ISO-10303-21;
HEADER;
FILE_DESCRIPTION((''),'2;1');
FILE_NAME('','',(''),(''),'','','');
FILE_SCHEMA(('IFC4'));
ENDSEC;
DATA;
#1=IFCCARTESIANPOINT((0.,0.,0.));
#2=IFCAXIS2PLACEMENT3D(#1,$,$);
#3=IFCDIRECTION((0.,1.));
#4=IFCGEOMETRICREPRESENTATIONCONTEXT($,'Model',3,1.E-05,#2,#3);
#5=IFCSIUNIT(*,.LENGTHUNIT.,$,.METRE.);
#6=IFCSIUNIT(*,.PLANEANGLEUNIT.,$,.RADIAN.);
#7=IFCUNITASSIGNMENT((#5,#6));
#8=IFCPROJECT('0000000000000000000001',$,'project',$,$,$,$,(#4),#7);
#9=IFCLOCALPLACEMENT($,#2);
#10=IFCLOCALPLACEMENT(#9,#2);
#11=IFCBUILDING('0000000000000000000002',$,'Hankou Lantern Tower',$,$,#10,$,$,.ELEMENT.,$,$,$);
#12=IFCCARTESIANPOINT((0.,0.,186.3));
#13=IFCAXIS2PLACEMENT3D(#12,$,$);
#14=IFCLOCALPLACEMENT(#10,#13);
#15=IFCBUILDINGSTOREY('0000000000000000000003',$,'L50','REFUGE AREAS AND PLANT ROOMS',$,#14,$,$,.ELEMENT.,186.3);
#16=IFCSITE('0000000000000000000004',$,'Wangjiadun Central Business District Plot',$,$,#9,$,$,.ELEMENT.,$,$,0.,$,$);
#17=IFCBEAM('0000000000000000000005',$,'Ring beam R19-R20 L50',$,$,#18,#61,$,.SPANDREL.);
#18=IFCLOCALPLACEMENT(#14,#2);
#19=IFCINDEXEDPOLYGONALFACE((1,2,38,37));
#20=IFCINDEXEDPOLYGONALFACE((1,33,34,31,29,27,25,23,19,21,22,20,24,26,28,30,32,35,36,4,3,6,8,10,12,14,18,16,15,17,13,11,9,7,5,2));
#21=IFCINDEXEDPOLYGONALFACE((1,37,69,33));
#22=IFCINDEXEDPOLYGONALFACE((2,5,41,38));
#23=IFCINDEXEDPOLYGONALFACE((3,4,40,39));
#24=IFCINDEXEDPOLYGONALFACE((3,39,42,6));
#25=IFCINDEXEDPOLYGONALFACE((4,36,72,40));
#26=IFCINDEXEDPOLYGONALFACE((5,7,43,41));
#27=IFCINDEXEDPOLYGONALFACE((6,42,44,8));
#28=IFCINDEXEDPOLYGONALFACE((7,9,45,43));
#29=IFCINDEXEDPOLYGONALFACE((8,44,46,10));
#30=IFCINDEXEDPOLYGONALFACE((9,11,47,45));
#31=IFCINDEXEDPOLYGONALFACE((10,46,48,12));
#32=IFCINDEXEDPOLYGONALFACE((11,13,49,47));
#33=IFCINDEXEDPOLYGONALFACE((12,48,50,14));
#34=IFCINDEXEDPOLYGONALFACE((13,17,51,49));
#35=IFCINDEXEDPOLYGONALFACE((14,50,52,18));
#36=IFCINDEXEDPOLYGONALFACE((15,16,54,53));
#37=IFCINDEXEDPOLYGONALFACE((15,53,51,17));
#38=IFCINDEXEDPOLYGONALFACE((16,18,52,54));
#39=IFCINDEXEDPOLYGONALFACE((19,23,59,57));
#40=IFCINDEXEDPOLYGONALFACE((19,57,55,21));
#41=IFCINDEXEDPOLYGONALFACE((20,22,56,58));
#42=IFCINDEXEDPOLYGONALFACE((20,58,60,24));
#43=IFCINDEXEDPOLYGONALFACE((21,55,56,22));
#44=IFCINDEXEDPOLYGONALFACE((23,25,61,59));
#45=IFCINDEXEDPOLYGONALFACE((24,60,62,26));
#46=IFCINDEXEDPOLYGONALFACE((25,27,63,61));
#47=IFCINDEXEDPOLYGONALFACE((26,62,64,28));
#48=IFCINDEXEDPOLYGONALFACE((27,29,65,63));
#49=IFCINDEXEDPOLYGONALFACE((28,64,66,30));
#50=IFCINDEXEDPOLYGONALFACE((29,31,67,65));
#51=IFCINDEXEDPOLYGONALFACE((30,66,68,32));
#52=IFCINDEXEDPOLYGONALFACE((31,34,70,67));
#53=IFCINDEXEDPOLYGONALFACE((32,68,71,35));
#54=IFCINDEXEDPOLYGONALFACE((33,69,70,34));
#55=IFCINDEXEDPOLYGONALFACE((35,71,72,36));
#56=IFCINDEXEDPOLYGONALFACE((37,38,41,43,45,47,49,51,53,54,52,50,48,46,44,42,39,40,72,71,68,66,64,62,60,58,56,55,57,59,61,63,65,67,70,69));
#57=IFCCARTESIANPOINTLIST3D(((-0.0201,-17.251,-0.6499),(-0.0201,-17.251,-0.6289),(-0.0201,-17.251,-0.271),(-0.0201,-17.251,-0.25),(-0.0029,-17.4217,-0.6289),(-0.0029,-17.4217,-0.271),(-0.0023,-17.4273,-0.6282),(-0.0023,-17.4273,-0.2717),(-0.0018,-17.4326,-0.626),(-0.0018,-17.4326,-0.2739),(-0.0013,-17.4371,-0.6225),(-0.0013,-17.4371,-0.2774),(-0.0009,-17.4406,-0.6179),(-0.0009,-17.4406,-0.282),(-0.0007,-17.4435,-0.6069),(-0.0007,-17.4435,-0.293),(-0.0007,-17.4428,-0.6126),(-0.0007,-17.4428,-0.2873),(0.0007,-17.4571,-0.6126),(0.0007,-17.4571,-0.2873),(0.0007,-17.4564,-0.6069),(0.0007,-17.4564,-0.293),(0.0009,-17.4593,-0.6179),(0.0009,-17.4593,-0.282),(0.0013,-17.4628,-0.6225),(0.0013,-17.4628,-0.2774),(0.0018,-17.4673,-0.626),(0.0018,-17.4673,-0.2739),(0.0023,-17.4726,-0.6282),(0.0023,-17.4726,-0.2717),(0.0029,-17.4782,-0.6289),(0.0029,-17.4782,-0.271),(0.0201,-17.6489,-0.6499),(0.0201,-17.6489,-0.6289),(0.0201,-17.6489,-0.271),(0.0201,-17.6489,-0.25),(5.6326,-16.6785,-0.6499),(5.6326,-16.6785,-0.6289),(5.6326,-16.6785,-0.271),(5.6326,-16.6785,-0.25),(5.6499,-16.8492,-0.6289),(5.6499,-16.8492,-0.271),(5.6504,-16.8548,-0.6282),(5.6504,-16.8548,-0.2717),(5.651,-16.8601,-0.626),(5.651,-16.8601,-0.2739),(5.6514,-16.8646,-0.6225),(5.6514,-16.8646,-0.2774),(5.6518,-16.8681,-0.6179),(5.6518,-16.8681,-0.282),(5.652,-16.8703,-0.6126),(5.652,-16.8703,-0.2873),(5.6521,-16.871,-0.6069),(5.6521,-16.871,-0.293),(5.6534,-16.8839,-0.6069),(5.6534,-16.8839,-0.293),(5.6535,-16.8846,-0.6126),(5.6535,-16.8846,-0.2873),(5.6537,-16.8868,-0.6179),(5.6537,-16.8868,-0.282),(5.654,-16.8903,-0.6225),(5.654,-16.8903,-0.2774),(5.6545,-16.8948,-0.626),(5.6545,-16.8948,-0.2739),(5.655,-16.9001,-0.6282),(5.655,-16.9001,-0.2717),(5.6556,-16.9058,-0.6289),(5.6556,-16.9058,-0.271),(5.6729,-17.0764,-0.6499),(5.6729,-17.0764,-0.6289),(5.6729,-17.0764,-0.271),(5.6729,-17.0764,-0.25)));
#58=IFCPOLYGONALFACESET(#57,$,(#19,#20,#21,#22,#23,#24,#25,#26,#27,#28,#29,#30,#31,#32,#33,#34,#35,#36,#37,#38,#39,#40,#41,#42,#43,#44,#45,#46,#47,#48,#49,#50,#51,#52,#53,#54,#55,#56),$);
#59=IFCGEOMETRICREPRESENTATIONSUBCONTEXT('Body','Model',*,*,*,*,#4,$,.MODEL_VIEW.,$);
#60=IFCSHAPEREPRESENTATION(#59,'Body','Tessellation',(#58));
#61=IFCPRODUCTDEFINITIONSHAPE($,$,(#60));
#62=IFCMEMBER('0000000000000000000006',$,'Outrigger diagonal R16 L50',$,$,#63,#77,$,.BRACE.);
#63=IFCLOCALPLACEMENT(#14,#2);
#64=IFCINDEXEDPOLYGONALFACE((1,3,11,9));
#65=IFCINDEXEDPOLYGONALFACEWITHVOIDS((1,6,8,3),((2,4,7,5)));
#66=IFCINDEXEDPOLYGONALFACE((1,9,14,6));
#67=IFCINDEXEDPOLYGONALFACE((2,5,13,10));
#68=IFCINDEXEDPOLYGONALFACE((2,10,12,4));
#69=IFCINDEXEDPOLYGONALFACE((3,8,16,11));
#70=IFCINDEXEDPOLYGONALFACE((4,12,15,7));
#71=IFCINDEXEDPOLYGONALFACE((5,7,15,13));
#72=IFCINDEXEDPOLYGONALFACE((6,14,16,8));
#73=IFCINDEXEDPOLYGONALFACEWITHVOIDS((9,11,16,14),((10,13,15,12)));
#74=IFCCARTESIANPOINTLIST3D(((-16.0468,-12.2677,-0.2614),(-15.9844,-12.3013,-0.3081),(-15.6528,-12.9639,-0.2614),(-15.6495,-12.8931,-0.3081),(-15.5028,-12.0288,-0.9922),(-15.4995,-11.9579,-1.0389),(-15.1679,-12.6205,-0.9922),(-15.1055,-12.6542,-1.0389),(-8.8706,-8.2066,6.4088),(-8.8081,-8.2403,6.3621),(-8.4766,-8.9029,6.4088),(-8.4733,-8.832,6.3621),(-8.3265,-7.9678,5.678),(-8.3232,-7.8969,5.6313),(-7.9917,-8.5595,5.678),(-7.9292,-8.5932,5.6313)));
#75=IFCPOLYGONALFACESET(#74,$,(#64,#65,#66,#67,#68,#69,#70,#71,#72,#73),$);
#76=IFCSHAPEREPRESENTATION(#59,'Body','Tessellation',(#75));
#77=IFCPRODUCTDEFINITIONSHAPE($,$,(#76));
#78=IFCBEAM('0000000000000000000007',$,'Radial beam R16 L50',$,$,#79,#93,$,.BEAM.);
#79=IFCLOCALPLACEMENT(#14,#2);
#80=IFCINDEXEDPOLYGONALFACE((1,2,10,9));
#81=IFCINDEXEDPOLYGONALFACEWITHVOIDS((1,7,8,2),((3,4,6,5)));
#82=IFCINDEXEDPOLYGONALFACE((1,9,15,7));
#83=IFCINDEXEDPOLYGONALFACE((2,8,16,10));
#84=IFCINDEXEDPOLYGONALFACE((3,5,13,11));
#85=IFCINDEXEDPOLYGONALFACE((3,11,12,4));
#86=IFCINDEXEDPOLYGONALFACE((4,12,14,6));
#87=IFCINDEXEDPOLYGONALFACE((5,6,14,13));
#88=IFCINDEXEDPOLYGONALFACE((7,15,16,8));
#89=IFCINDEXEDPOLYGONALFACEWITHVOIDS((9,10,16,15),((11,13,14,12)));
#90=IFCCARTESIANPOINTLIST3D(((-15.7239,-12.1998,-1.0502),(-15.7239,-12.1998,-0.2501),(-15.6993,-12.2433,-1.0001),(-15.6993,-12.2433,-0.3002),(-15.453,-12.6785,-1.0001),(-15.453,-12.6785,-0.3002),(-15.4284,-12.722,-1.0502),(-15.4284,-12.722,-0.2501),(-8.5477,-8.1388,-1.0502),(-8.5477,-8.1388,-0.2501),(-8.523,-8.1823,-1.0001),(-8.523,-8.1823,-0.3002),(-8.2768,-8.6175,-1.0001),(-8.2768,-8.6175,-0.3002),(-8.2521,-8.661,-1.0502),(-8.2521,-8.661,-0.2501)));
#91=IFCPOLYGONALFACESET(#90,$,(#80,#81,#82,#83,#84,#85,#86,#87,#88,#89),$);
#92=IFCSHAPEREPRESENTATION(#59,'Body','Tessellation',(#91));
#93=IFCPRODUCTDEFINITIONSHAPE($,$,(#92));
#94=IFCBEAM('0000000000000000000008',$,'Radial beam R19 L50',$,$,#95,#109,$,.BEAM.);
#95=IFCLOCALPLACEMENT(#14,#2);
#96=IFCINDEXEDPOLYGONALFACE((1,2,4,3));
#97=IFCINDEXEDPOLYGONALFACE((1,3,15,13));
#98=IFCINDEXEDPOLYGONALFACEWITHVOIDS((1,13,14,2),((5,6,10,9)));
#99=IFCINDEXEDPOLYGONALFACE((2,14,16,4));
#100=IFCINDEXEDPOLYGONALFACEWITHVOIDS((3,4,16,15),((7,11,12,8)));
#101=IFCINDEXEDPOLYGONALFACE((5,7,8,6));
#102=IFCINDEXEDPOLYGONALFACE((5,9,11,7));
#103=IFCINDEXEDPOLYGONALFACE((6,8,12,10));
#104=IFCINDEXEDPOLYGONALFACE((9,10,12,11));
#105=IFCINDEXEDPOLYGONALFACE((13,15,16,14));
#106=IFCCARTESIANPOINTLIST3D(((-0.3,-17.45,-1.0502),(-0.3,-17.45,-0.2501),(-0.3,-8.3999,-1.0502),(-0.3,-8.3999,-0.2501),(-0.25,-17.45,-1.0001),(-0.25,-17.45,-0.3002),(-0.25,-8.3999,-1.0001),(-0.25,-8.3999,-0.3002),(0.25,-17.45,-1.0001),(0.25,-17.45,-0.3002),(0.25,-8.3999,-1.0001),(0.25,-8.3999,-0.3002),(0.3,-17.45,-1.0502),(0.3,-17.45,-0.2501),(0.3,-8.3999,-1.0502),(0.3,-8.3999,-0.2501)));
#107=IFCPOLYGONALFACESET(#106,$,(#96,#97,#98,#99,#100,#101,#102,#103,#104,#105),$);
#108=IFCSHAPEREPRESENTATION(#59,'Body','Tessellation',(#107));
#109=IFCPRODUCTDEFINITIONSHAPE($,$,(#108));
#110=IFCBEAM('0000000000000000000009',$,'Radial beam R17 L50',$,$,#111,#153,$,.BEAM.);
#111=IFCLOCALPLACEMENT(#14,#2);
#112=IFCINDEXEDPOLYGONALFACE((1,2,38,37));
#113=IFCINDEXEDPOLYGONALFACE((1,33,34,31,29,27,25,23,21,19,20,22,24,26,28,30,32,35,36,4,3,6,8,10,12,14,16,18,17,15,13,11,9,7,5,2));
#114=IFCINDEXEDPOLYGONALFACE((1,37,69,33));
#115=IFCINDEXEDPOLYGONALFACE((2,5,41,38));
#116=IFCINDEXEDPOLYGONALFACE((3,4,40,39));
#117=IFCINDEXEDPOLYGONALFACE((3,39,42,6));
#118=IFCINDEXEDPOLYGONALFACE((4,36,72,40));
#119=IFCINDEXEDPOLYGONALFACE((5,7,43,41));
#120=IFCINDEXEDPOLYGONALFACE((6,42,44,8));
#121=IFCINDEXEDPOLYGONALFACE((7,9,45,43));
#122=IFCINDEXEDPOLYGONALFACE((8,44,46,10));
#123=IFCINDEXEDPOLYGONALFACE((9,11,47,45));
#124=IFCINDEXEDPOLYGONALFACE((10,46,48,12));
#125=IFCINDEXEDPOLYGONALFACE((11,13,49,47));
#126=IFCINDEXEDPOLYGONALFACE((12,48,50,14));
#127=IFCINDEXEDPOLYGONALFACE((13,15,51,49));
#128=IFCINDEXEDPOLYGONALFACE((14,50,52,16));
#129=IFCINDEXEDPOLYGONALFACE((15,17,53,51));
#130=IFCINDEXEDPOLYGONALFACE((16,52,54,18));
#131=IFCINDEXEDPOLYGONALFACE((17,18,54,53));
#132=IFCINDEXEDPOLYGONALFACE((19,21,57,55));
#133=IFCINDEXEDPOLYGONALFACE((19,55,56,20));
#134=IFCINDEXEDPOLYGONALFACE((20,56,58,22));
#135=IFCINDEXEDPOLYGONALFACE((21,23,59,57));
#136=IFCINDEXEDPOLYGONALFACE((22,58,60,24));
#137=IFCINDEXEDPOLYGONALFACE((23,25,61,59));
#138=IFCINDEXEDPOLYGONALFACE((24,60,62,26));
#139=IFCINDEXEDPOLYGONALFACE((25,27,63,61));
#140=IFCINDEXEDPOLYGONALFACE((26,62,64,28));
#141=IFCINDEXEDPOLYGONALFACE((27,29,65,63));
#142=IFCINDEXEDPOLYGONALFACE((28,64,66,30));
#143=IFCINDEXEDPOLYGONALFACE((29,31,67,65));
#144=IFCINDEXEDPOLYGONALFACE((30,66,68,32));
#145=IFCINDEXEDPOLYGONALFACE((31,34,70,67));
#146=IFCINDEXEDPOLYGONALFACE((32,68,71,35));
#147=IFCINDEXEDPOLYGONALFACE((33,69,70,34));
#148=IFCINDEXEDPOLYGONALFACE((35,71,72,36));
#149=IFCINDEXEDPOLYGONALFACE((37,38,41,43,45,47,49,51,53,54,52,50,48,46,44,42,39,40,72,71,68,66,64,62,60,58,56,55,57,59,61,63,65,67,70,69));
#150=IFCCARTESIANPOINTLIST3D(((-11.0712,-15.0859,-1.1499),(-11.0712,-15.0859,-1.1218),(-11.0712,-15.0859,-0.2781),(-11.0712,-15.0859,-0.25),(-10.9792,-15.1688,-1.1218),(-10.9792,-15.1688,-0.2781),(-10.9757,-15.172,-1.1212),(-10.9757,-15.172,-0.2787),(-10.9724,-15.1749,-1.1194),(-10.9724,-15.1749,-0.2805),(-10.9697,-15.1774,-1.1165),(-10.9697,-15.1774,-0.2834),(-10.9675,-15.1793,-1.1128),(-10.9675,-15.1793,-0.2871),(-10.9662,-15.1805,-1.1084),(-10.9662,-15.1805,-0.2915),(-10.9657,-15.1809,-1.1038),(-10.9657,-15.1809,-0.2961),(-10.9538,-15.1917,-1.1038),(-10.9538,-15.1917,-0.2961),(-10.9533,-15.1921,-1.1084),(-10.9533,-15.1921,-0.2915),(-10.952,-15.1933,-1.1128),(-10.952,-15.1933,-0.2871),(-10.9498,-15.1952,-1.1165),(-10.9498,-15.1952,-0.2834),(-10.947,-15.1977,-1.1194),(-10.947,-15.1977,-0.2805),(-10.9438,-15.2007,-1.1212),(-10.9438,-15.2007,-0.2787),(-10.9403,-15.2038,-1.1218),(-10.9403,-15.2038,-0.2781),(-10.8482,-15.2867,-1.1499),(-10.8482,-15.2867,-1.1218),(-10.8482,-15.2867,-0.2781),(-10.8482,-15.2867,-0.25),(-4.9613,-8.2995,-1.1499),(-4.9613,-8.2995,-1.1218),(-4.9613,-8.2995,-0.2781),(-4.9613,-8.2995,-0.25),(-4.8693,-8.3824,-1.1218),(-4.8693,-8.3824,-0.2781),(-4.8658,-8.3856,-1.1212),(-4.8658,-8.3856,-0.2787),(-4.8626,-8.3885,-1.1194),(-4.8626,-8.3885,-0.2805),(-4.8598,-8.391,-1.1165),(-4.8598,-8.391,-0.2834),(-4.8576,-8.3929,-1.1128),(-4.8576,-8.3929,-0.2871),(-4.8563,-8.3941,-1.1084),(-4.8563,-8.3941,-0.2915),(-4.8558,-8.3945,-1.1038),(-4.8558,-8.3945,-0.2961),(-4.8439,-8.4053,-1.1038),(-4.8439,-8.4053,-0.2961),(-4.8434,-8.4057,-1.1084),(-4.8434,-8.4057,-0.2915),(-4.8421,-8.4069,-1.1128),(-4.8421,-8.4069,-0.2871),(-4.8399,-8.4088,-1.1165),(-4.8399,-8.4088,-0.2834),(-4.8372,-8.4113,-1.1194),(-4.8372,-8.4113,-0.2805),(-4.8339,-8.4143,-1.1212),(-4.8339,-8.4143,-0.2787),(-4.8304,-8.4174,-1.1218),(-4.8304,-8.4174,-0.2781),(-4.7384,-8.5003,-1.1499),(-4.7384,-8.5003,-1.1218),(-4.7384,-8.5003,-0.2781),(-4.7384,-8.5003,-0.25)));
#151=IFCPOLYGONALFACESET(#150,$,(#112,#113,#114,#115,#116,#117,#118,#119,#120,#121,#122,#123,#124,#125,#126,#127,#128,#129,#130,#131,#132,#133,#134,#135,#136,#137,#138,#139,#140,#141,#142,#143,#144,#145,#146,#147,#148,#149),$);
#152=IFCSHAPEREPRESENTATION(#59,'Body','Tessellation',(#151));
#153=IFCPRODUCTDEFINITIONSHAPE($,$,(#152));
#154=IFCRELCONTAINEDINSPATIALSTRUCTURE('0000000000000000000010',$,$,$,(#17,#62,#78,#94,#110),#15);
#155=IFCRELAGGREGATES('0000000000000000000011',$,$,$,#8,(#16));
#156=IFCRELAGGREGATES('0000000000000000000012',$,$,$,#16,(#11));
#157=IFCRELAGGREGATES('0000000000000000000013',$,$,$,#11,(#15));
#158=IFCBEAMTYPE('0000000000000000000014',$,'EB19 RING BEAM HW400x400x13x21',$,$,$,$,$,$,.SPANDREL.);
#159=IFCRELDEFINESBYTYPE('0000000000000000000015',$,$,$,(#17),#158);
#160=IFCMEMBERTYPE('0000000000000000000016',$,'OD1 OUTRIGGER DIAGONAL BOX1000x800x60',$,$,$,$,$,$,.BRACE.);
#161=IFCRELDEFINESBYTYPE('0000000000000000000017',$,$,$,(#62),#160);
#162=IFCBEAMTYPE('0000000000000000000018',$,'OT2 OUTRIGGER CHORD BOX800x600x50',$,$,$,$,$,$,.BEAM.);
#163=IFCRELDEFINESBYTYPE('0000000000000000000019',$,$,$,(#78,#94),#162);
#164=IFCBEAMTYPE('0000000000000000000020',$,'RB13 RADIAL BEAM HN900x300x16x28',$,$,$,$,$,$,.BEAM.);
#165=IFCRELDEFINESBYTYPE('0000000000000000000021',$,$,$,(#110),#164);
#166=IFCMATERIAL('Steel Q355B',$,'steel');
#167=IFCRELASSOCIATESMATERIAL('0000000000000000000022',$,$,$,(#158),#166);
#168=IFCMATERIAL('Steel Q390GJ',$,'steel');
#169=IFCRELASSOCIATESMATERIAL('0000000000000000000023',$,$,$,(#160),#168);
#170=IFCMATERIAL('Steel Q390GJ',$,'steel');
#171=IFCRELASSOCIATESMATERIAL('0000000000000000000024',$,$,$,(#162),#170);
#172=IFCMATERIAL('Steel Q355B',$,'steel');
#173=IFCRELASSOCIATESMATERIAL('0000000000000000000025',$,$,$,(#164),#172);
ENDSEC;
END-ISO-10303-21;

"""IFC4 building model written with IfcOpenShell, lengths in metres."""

from ifc_helpers import new_model, si_unit, direction, frame, origin, origin_2d, place, context, subcontext, project, spatial, hollow_rectangle, i_section, extrude, material, material_profile, profile_set, type_object, element, save


model = new_model("IFC4")

# Units and contexts
model_context = context("Model", 3, precision=1e-05, world=origin(), true_north=direction((0.0, 1.0)))
body_context = subcontext(model_context, "Body", "Model", "MODEL_VIEW")
ifc_project = project(units=[si_unit("LENGTHUNIT", "METRE"), si_unit("PLANEANGLEUNIT", "RADIAN")], contexts=[model_context])

# Site, building, storey
site_placement = place(None, origin())
site = spatial("IfcSite", under=ifc_project, at=site_placement, Name="Wangjiadun Central Business District Plot", CompositionType="ELEMENT", RefElevation=0.0)
building_placement = place(site_placement, origin())
building = spatial("IfcBuilding", under=site, at=building_placement, Name="Hankou Lantern Tower", CompositionType="ELEMENT")
storey_placement = place(building_placement, frame((0.0, 0.0, 186.3)))
storey = spatial("IfcBuildingStorey", under=building, at=storey_placement, Name="L50", Description="REFUGE AREAS AND PLANT ROOMS", CompositionType="ELEMENT", Elevation=186.3)

# Beam
ifc_material_1 = material(Name="Steel Q355B", Category="steel")
ifc_material_profile_1 = material_profile(ifc_material_1, i_section(OverallWidth=0.3999, OverallDepth=0.3999, WebThickness=0.0129, FlangeThickness=0.021, FilletRadius=0.022, at=origin_2d()), Name="HW400x400x13x21")
ifc_profile_set_1 = profile_set([ifc_material_profile_1], Name="Steel Q355B")
beam_type_1 = type_object("IfcBeamType", Name="EB19 RING BEAM HW400x400x13x21", PredefinedType="SPANDREL", material=ifc_profile_set_1)
for number, where, z_axis, x_axis, name in (
    (1, (0.0, -17.45, -0.45), (0.99491, 0.100763, 0.0), (-0.100763, 0.99491, 0.0), "Ring beam R19-R20 L50"),
):
    element("IfcBeam", number, at=place(storey_placement, frame(where, z_axis=z_axis, x_axis=x_axis)), inside=storey, type_object=beam_type_1, Name=name, PredefinedType="SPANDREL", context=body_context, shape_type="SweptSolid", body=[
        extrude(i_section(OverallWidth=0.3999, OverallDepth=0.3999, WebThickness=0.0129, FlangeThickness=0.021, FilletRadius=0.022, at=origin_2d()), origin(), (0.0, 0.0, 1.0), 5.6816),
    ])

# Member
ifc_material_2 = material(Name="Steel Q390GJ", Category="steel")
ifc_material_profile_2 = material_profile(ifc_material_2, hollow_rectangle(XDim=0.8, YDim=1.0, WallThickness=0.0601, at=origin_2d()), Name="BOX1000x800x60")
ifc_profile_set_2 = profile_set([ifc_material_profile_2], Name="Steel Q390GJ")
member_type = type_object("IfcMemberType", Name="OD1 OUTRIGGER DIAGONAL BOX1000x800x60", PredefinedType="BRACE", material=ifc_profile_set_2)
member_placement = place(storey_placement, frame((-8.3999, -8.3999, 6.02), z_axis=(-0.676639, -0.382909, -0.62892), x_axis=(0.492506, -0.870309, 0.0)))
element("IfcMember", 2, at=member_placement, inside=storey, type_object=member_type, Name="Outrigger diagonal R16 L50", PredefinedType="BRACE", context=body_context, shape_type="SweptSolid", body=[
    extrude(hollow_rectangle(XDim=0.8, YDim=1.0, WallThickness=0.0601, at=origin_2d()), origin(), (0.0, 0.0, 1.0), 10.6057),
])

# Beams
ifc_material_3 = material(Name="Steel Q390GJ", Category="steel")
ifc_material_profile_3 = material_profile(ifc_material_3, hollow_rectangle(XDim=0.6001, YDim=0.8, WallThickness=0.05, at=origin_2d()), Name="BOX800x600x50")
ifc_profile_set_3 = profile_set([ifc_material_profile_3], Name="Steel Q390GJ")
beam_type_2 = type_object("IfcBeamType", Name="OT2 OUTRIGGER CHORD BOX800x600x50", PredefinedType="BEAM", material=ifc_profile_set_3)
beam_1_placement = place(storey_placement, frame((-8.3999, -8.3999, -0.6501), z_axis=(-0.870309, -0.492506, 0.0), x_axis=(0.492506, -0.870309, 0.0)))
element("IfcBeam", 3, at=beam_1_placement, inside=storey, type_object=beam_type_2, Name="Radial beam R16 L50", PredefinedType="BEAM", context=body_context, shape_type="SweptSolid", body=[
    extrude(hollow_rectangle(XDim=0.6001, YDim=0.8, WallThickness=0.05, at=origin_2d()), origin(), (0.0, 0.0, 1.0), 8.2456),
])
beam_2_placement = place(storey_placement, frame((0.0, -8.3999, -0.6501), z_axis=(0.0, -1.0, 0.0), x_axis=(1.0, 0.0, 0.0)))
element("IfcBeam", 4, at=beam_2_placement, inside=storey, type_object=beam_type_2, Name="Radial beam R19 L50", PredefinedType="BEAM", context=body_context, shape_type="SweptSolid", body=[
    extrude(hollow_rectangle(XDim=0.6001, YDim=0.8, WallThickness=0.05, at=origin_2d()), origin(), (0.0, 0.0, 1.0), 9.05),
])
ifc_material_4 = material(Name="Steel Q355B", Category="steel")
ifc_material_profile_4 = material_profile(ifc_material_4, i_section(OverallWidth=0.3, OverallDepth=0.8999, WebThickness=0.0161, FlangeThickness=0.0281, FilletRadius=0.0181, at=origin_2d()), Name="HN900x300x16x28")
ifc_profile_set_4 = profile_set([ifc_material_profile_4], Name="Steel Q355B")
beam_type_3 = type_object("IfcBeamType", Name="RB13 RADIAL BEAM HN900x300x16x28", PredefinedType="BEAM", material=ifc_profile_set_4)
beam_3_placement = place(storey_placement, frame((-4.8499, -8.3999, -0.7), z_axis=(-0.669093, -0.743178, 0.0), x_axis=(0.743178, -0.669093, 0.0)))
element("IfcBeam", 5, at=beam_3_placement, inside=storey, type_object=beam_type_3, Name="Radial beam R17 L50", PredefinedType="BEAM", context=body_context, shape_type="SweptSolid", body=[
    extrude(i_section(OverallWidth=0.3, OverallDepth=0.8999, WebThickness=0.0161, FlangeThickness=0.0281, FilletRadius=0.0181, at=origin_2d()), origin(), (0.0, 0.0, 1.0), 9.1316),
])

save(model, "model.ifc")
